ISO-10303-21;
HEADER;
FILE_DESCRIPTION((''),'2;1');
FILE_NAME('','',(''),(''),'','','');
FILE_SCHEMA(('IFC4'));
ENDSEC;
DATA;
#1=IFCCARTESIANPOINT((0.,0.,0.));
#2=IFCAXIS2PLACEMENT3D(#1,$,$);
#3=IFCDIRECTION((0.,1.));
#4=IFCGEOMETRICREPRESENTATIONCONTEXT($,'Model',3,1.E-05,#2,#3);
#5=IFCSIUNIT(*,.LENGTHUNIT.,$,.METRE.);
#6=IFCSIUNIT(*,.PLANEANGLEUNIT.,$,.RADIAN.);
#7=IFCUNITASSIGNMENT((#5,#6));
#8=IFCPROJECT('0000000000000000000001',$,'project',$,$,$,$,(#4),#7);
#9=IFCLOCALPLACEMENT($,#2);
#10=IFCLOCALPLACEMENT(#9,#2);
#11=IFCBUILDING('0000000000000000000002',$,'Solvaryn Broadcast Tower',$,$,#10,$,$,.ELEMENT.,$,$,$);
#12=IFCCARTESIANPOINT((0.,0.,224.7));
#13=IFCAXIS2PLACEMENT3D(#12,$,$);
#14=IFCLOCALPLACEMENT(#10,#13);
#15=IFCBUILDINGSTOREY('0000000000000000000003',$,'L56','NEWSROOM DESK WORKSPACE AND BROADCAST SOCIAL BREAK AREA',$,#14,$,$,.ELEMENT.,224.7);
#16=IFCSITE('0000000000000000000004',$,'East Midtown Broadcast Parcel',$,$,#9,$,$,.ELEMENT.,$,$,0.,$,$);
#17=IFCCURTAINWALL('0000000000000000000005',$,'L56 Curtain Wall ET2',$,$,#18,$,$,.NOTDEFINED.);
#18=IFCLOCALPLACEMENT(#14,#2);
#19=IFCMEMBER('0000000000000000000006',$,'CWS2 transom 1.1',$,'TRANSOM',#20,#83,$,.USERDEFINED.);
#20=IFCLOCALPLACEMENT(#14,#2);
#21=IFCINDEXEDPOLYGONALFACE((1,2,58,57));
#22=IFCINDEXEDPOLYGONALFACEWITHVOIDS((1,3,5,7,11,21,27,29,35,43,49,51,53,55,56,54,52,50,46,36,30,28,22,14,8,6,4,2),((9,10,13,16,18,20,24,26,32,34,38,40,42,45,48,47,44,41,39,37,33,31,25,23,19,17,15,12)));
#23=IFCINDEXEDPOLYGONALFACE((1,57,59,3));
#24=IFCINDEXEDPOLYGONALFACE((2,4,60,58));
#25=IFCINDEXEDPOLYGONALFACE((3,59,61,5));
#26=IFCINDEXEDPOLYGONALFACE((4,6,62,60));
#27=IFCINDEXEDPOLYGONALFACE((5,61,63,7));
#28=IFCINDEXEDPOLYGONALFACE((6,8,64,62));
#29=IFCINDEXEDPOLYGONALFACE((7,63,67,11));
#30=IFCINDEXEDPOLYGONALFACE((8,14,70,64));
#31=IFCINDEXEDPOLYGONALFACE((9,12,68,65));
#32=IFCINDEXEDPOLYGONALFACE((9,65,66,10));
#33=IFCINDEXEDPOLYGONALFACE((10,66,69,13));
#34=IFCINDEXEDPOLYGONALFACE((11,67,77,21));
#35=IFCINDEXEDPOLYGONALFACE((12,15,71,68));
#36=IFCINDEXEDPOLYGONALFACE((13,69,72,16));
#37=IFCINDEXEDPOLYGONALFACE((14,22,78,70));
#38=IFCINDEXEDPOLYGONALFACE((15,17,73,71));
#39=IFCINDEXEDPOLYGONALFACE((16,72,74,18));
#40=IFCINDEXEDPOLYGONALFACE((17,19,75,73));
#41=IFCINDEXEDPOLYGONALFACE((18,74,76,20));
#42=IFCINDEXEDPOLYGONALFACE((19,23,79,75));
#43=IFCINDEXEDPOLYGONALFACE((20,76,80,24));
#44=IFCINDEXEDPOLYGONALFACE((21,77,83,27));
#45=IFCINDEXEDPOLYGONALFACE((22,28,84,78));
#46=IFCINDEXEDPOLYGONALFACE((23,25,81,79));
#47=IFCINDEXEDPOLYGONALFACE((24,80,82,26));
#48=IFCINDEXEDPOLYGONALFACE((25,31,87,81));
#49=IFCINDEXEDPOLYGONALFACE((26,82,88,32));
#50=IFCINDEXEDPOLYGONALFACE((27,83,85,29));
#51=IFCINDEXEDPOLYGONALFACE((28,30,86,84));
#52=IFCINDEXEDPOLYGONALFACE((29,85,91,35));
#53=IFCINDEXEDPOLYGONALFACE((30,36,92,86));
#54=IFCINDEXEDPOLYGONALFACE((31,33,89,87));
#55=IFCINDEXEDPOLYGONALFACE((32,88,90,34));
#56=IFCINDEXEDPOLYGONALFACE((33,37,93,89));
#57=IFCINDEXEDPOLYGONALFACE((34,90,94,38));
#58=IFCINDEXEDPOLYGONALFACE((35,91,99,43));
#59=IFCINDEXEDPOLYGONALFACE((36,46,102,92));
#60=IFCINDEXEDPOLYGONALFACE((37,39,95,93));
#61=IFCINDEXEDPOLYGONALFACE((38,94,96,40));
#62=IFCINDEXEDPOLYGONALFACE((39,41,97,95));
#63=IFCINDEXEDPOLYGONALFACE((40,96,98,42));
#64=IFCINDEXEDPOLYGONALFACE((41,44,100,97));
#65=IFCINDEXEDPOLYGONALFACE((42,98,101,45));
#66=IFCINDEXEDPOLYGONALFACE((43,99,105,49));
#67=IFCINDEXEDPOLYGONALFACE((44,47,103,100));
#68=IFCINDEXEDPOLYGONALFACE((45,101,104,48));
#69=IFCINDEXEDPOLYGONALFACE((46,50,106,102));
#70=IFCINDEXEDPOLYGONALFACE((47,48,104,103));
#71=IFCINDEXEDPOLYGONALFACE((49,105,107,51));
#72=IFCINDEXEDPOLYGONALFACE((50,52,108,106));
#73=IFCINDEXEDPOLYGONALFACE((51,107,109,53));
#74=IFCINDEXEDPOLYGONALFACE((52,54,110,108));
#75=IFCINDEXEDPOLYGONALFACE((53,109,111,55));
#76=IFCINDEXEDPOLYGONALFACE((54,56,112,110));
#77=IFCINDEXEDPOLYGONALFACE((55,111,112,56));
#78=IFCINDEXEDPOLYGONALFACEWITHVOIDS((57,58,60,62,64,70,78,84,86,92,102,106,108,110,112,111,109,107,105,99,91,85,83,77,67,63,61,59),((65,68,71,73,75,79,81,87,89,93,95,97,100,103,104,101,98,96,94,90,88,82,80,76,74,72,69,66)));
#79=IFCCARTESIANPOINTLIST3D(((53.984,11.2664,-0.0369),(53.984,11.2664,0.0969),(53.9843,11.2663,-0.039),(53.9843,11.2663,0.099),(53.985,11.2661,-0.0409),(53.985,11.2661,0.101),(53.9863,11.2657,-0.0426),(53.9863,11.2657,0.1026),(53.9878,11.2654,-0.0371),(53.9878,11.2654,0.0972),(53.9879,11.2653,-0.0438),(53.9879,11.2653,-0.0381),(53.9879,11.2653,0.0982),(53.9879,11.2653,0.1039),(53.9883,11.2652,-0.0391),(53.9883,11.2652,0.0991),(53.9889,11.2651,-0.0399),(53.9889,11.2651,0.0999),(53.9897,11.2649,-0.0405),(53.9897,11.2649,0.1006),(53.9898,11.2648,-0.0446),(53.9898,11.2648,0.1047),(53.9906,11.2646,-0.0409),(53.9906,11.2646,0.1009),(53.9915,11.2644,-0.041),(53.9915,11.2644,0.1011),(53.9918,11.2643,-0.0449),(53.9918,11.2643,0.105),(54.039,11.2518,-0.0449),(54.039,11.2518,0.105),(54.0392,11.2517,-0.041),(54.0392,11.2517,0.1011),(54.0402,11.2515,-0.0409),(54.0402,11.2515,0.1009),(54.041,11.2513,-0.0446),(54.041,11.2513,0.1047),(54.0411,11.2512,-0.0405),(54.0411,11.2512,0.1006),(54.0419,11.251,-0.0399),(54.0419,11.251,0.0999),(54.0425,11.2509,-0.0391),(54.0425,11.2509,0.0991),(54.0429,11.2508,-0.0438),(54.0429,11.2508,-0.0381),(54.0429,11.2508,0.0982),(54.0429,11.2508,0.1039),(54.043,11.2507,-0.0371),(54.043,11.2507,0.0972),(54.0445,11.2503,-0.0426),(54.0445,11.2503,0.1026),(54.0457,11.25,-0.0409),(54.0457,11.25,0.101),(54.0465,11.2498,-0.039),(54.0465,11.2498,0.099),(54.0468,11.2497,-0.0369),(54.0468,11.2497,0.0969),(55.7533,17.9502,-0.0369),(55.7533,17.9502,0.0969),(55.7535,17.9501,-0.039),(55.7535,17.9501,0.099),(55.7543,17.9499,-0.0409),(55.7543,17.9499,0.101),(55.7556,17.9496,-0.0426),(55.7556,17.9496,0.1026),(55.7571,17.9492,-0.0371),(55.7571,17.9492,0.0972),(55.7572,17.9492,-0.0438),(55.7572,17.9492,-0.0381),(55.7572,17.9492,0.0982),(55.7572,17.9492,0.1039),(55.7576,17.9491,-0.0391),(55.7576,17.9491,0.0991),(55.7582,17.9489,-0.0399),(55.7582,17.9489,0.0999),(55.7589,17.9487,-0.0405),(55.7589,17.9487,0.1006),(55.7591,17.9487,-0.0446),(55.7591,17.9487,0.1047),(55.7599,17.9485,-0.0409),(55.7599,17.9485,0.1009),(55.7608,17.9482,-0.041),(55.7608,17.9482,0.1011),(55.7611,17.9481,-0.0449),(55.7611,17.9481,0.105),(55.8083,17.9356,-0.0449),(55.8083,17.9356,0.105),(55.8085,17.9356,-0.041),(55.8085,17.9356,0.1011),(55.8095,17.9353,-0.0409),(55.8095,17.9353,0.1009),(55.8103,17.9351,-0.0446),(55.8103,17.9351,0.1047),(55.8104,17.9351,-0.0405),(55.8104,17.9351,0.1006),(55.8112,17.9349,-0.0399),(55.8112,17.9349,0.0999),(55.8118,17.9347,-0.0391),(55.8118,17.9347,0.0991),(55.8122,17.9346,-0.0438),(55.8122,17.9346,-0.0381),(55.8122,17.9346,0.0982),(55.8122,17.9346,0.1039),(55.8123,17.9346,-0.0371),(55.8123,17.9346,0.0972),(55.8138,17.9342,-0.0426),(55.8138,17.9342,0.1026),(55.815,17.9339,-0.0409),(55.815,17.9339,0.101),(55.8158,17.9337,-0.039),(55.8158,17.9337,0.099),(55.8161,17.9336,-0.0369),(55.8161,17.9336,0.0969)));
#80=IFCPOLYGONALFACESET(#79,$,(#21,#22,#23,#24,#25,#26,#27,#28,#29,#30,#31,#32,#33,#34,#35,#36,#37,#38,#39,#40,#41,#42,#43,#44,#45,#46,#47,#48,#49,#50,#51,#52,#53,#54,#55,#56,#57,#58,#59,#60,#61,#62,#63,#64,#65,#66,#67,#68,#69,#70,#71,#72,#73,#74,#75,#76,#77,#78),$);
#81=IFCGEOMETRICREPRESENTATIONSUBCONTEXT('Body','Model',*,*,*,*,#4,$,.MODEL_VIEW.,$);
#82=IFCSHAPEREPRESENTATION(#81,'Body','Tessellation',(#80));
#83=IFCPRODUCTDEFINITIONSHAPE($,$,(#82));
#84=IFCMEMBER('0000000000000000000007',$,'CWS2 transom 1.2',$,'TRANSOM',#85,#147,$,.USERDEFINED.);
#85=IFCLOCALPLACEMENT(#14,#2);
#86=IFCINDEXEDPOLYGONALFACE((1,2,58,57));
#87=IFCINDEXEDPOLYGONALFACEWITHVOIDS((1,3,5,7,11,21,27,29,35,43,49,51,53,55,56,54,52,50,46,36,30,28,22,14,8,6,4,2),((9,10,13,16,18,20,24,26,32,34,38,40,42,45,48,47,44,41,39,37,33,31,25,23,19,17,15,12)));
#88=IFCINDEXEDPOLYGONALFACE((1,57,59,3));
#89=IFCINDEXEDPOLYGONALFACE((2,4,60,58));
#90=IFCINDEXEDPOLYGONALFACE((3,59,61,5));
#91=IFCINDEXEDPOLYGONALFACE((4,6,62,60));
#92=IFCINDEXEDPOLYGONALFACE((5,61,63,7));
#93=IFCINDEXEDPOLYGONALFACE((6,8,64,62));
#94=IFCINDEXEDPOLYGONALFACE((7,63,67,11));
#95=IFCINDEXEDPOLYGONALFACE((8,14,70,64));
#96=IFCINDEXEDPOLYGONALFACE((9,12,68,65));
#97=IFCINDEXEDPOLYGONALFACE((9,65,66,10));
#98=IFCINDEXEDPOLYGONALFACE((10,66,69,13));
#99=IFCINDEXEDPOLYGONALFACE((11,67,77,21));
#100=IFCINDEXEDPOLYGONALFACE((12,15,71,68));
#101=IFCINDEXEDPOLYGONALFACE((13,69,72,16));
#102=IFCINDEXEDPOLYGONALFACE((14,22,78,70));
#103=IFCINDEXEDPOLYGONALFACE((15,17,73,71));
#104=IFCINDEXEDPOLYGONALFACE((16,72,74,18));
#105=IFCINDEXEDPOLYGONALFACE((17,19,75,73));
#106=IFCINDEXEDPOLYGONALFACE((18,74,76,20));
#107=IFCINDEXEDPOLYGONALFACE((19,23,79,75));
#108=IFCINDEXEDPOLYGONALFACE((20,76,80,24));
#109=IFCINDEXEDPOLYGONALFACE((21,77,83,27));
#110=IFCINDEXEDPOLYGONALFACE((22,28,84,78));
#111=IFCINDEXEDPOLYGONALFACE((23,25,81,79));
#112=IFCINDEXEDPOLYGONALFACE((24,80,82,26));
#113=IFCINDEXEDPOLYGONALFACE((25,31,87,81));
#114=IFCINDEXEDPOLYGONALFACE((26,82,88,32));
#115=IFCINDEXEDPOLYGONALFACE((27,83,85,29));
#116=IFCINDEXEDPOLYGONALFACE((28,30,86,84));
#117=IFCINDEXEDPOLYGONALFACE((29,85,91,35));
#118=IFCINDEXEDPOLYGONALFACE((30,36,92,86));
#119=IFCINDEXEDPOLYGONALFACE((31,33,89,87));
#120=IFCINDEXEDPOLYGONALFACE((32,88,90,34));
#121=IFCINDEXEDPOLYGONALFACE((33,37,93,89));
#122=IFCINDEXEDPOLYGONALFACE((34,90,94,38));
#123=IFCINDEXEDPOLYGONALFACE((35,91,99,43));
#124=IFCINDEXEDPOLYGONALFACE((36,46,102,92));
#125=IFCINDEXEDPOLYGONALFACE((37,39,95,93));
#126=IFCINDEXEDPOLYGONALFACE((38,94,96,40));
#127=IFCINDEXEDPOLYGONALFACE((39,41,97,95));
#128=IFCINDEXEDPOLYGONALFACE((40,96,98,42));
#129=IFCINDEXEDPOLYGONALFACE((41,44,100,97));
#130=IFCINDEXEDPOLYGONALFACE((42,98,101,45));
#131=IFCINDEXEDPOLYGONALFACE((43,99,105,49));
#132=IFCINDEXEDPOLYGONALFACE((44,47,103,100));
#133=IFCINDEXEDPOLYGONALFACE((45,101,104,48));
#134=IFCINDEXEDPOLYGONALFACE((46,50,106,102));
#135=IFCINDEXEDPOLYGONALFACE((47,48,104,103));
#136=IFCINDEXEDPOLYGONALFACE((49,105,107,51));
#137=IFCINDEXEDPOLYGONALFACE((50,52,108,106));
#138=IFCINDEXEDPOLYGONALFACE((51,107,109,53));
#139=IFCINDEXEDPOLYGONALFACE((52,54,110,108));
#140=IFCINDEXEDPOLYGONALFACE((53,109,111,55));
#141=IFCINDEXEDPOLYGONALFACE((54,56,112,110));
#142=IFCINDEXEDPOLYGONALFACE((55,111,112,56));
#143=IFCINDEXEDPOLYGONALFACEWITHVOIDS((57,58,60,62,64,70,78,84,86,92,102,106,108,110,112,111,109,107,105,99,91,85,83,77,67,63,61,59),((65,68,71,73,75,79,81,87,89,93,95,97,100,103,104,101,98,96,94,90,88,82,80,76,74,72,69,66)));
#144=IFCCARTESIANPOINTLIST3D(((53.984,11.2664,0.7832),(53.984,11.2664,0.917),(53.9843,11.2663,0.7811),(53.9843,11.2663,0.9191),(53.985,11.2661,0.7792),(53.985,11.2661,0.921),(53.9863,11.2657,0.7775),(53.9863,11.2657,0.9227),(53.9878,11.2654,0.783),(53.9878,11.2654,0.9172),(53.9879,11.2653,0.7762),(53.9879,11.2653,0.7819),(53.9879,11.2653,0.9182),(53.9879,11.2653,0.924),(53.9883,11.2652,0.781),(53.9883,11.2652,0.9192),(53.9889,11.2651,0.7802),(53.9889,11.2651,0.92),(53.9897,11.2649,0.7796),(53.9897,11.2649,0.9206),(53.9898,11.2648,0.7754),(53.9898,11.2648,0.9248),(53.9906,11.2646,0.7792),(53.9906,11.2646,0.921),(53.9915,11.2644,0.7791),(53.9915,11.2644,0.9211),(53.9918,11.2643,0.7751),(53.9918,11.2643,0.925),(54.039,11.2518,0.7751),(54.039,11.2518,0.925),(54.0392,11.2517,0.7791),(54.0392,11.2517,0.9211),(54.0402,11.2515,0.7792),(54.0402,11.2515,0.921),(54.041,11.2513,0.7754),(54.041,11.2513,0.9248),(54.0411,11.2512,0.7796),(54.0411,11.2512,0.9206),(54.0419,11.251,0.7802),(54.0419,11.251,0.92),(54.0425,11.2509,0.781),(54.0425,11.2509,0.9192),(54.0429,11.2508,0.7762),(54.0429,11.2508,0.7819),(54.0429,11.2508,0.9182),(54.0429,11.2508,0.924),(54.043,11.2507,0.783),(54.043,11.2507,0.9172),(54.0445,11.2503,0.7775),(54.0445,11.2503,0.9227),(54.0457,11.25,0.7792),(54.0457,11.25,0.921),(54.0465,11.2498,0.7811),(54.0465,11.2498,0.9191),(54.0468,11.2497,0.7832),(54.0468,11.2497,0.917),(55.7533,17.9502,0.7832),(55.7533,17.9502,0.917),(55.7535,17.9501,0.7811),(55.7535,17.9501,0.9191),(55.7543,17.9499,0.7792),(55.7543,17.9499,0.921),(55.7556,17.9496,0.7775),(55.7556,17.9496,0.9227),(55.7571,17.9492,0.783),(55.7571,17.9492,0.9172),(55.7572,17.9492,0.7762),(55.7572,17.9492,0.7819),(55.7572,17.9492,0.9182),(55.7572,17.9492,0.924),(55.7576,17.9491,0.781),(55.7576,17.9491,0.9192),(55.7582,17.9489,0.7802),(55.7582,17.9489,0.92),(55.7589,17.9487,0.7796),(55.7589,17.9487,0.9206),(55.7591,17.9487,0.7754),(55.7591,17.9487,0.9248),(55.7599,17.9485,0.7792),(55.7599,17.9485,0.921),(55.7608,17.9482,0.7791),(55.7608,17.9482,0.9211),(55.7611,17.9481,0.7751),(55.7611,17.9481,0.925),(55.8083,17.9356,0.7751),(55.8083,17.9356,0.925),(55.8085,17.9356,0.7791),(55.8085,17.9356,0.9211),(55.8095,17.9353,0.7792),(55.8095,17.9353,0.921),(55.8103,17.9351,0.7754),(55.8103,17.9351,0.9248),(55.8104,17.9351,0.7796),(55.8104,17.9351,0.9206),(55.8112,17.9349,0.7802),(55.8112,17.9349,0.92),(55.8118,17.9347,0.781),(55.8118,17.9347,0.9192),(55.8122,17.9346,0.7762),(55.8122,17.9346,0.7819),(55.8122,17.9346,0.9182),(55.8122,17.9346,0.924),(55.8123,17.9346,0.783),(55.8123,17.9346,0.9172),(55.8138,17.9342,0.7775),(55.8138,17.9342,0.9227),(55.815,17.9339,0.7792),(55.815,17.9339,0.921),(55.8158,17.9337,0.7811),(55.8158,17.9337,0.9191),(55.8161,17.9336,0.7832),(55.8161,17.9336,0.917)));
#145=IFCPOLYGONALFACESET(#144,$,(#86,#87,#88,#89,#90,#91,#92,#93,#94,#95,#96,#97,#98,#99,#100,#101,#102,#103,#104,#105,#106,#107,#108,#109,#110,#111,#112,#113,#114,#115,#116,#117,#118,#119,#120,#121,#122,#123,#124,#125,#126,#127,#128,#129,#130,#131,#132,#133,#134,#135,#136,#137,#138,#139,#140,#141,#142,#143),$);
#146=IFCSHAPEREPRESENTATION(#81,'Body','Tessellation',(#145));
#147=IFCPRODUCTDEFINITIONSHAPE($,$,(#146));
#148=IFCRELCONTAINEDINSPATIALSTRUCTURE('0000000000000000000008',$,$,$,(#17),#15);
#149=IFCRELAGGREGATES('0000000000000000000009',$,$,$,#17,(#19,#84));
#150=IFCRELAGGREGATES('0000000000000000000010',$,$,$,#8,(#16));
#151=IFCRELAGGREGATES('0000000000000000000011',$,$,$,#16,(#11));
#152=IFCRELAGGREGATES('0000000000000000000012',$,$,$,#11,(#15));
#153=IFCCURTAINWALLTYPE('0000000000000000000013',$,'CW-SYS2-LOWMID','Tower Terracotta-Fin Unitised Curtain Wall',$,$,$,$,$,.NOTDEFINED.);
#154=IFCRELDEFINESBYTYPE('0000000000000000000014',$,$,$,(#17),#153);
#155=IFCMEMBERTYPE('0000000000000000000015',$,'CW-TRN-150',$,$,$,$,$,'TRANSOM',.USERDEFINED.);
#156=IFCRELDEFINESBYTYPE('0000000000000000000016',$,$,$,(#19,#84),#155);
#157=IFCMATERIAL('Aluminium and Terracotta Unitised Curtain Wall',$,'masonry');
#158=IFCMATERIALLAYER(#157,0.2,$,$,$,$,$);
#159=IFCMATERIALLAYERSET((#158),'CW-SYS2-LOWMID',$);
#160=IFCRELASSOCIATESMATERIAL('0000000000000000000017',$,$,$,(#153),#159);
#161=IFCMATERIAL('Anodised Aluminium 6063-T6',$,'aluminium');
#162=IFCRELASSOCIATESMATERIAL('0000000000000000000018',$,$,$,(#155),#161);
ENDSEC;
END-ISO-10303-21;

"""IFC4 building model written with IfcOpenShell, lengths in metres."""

from ifc_helpers import new_model, si_unit, direction, frame, origin, origin_2d, place, context, subcontext, project, spatial, hollow_rectangle, extrude, material, layer, layer_set, material_profile, profile_set, type_object, element, aggregate, save


model = new_model("IFC4")

# Units and contexts
model_context = context("Model", 3, precision=1e-05, world=origin(), true_north=direction((0.0, 1.0)))
body_context = subcontext(model_context, "Body", "Model", "MODEL_VIEW")
ifc_project = project(units=[si_unit("LENGTHUNIT", "METRE"), si_unit("PLANEANGLEUNIT", "RADIAN")], contexts=[model_context])

# Site, building, storey
site_placement = place(None, origin())
site = spatial("IfcSite", under=ifc_project, at=site_placement, Name="East Midtown Broadcast Parcel", CompositionType="ELEMENT", RefElevation=0.0)
building_placement = place(site_placement, origin())
building = spatial("IfcBuilding", under=site, at=building_placement, Name="Solvaryn Broadcast Tower", CompositionType="ELEMENT")
storey_placement = place(building_placement, frame((0.0, 0.0, 224.7)))
storey = spatial("IfcBuildingStorey", under=building, at=storey_placement, Name="L56", Description="NEWSROOM DESK WORKSPACE AND BROADCAST SOCIAL BREAK AREA", CompositionType="ELEMENT", Elevation=224.7)

# Shared definitions
ifc_material_1 = material(Name="Aluminium and Terracotta Unitised Curtain Wall", Category="masonry")
ifc_layer_1 = layer(ifc_material_1, 0.2)
ifc_layer_set_1 = layer_set([ifc_layer_1], Name="CW-SYS2-LOWMID")
curtain_wall_type = type_object("IfcCurtainWallType", Name="CW-SYS2-LOWMID", Description="Tower Terracotta-Fin Unitised Curtain Wall", PredefinedType="NOTDEFINED", material=ifc_layer_set_1)

# Curtain wall, members
curtain_wall_1_placement = place(storey_placement, origin())
curtain_wall_1 = element("IfcCurtainWall", 1, at=curtain_wall_1_placement, inside=storey, type_object=curtain_wall_type, Name="L56 Curtain Wall ET2", PredefinedType="NOTDEFINED")
ifc_material_2 = material(Name="Anodised Aluminium 6063-T6", Category="aluminium")
ifc_material_profile_1 = material_profile(ifc_material_2, hollow_rectangle(XDim=0.0649, YDim=0.1499, WallThickness=0.0039, InnerFilletRadius=0.0039, OuterFilletRadius=0.0081, at=origin_2d()))
ifc_profile_set_1 = profile_set([ifc_material_profile_1], Name="Anodised Aluminium 6063-T6")
member_type_1 = type_object("IfcMemberType", Name="CW-TRN-150", ElementType="TRANSOM", PredefinedType="USERDEFINED", material=ifc_profile_set_1)
member_1_placement = place(storey_placement, frame((55.7847, 17.9419, 0.03), z_axis=(-0.255897, -0.966704, 0.0), x_axis=(0.966704, -0.255897, 0.0)))
member_1 = element("IfcMember", 2, at=member_1_placement, type_object=member_type_1, Name="CWS2 transom 1.1", ObjectType="TRANSOM", PredefinedType="USERDEFINED", context=body_context, shape_type="SweptSolid", body=[
    extrude(hollow_rectangle(XDim=0.0649, YDim=0.1499, WallThickness=0.0039, InnerFilletRadius=0.0039, OuterFilletRadius=0.0081, at=origin_2d()), origin(), (0.0, 0.0, 1.0), 6.9141),
])
member_2_placement = place(storey_placement, frame((55.7847, 17.9419, 0.8501), z_axis=(-0.255897, -0.966704, 0.0), x_axis=(0.966704, -0.255897, 0.0)))
member_2 = element("IfcMember", 3, at=member_2_placement, type_object=member_type_1, Name="CWS2 transom 1.2", ObjectType="TRANSOM", PredefinedType="USERDEFINED", context=body_context, shape_type="SweptSolid", body=[
    extrude(hollow_rectangle(XDim=0.0649, YDim=0.1499, WallThickness=0.0039, InnerFilletRadius=0.0039, OuterFilletRadius=0.0081, at=origin_2d()), origin(), (0.0, 0.0, 1.0), 6.9141),
])
aggregate(curtain_wall_1, [member_1, member_2])

save(model, "model.ifc")
